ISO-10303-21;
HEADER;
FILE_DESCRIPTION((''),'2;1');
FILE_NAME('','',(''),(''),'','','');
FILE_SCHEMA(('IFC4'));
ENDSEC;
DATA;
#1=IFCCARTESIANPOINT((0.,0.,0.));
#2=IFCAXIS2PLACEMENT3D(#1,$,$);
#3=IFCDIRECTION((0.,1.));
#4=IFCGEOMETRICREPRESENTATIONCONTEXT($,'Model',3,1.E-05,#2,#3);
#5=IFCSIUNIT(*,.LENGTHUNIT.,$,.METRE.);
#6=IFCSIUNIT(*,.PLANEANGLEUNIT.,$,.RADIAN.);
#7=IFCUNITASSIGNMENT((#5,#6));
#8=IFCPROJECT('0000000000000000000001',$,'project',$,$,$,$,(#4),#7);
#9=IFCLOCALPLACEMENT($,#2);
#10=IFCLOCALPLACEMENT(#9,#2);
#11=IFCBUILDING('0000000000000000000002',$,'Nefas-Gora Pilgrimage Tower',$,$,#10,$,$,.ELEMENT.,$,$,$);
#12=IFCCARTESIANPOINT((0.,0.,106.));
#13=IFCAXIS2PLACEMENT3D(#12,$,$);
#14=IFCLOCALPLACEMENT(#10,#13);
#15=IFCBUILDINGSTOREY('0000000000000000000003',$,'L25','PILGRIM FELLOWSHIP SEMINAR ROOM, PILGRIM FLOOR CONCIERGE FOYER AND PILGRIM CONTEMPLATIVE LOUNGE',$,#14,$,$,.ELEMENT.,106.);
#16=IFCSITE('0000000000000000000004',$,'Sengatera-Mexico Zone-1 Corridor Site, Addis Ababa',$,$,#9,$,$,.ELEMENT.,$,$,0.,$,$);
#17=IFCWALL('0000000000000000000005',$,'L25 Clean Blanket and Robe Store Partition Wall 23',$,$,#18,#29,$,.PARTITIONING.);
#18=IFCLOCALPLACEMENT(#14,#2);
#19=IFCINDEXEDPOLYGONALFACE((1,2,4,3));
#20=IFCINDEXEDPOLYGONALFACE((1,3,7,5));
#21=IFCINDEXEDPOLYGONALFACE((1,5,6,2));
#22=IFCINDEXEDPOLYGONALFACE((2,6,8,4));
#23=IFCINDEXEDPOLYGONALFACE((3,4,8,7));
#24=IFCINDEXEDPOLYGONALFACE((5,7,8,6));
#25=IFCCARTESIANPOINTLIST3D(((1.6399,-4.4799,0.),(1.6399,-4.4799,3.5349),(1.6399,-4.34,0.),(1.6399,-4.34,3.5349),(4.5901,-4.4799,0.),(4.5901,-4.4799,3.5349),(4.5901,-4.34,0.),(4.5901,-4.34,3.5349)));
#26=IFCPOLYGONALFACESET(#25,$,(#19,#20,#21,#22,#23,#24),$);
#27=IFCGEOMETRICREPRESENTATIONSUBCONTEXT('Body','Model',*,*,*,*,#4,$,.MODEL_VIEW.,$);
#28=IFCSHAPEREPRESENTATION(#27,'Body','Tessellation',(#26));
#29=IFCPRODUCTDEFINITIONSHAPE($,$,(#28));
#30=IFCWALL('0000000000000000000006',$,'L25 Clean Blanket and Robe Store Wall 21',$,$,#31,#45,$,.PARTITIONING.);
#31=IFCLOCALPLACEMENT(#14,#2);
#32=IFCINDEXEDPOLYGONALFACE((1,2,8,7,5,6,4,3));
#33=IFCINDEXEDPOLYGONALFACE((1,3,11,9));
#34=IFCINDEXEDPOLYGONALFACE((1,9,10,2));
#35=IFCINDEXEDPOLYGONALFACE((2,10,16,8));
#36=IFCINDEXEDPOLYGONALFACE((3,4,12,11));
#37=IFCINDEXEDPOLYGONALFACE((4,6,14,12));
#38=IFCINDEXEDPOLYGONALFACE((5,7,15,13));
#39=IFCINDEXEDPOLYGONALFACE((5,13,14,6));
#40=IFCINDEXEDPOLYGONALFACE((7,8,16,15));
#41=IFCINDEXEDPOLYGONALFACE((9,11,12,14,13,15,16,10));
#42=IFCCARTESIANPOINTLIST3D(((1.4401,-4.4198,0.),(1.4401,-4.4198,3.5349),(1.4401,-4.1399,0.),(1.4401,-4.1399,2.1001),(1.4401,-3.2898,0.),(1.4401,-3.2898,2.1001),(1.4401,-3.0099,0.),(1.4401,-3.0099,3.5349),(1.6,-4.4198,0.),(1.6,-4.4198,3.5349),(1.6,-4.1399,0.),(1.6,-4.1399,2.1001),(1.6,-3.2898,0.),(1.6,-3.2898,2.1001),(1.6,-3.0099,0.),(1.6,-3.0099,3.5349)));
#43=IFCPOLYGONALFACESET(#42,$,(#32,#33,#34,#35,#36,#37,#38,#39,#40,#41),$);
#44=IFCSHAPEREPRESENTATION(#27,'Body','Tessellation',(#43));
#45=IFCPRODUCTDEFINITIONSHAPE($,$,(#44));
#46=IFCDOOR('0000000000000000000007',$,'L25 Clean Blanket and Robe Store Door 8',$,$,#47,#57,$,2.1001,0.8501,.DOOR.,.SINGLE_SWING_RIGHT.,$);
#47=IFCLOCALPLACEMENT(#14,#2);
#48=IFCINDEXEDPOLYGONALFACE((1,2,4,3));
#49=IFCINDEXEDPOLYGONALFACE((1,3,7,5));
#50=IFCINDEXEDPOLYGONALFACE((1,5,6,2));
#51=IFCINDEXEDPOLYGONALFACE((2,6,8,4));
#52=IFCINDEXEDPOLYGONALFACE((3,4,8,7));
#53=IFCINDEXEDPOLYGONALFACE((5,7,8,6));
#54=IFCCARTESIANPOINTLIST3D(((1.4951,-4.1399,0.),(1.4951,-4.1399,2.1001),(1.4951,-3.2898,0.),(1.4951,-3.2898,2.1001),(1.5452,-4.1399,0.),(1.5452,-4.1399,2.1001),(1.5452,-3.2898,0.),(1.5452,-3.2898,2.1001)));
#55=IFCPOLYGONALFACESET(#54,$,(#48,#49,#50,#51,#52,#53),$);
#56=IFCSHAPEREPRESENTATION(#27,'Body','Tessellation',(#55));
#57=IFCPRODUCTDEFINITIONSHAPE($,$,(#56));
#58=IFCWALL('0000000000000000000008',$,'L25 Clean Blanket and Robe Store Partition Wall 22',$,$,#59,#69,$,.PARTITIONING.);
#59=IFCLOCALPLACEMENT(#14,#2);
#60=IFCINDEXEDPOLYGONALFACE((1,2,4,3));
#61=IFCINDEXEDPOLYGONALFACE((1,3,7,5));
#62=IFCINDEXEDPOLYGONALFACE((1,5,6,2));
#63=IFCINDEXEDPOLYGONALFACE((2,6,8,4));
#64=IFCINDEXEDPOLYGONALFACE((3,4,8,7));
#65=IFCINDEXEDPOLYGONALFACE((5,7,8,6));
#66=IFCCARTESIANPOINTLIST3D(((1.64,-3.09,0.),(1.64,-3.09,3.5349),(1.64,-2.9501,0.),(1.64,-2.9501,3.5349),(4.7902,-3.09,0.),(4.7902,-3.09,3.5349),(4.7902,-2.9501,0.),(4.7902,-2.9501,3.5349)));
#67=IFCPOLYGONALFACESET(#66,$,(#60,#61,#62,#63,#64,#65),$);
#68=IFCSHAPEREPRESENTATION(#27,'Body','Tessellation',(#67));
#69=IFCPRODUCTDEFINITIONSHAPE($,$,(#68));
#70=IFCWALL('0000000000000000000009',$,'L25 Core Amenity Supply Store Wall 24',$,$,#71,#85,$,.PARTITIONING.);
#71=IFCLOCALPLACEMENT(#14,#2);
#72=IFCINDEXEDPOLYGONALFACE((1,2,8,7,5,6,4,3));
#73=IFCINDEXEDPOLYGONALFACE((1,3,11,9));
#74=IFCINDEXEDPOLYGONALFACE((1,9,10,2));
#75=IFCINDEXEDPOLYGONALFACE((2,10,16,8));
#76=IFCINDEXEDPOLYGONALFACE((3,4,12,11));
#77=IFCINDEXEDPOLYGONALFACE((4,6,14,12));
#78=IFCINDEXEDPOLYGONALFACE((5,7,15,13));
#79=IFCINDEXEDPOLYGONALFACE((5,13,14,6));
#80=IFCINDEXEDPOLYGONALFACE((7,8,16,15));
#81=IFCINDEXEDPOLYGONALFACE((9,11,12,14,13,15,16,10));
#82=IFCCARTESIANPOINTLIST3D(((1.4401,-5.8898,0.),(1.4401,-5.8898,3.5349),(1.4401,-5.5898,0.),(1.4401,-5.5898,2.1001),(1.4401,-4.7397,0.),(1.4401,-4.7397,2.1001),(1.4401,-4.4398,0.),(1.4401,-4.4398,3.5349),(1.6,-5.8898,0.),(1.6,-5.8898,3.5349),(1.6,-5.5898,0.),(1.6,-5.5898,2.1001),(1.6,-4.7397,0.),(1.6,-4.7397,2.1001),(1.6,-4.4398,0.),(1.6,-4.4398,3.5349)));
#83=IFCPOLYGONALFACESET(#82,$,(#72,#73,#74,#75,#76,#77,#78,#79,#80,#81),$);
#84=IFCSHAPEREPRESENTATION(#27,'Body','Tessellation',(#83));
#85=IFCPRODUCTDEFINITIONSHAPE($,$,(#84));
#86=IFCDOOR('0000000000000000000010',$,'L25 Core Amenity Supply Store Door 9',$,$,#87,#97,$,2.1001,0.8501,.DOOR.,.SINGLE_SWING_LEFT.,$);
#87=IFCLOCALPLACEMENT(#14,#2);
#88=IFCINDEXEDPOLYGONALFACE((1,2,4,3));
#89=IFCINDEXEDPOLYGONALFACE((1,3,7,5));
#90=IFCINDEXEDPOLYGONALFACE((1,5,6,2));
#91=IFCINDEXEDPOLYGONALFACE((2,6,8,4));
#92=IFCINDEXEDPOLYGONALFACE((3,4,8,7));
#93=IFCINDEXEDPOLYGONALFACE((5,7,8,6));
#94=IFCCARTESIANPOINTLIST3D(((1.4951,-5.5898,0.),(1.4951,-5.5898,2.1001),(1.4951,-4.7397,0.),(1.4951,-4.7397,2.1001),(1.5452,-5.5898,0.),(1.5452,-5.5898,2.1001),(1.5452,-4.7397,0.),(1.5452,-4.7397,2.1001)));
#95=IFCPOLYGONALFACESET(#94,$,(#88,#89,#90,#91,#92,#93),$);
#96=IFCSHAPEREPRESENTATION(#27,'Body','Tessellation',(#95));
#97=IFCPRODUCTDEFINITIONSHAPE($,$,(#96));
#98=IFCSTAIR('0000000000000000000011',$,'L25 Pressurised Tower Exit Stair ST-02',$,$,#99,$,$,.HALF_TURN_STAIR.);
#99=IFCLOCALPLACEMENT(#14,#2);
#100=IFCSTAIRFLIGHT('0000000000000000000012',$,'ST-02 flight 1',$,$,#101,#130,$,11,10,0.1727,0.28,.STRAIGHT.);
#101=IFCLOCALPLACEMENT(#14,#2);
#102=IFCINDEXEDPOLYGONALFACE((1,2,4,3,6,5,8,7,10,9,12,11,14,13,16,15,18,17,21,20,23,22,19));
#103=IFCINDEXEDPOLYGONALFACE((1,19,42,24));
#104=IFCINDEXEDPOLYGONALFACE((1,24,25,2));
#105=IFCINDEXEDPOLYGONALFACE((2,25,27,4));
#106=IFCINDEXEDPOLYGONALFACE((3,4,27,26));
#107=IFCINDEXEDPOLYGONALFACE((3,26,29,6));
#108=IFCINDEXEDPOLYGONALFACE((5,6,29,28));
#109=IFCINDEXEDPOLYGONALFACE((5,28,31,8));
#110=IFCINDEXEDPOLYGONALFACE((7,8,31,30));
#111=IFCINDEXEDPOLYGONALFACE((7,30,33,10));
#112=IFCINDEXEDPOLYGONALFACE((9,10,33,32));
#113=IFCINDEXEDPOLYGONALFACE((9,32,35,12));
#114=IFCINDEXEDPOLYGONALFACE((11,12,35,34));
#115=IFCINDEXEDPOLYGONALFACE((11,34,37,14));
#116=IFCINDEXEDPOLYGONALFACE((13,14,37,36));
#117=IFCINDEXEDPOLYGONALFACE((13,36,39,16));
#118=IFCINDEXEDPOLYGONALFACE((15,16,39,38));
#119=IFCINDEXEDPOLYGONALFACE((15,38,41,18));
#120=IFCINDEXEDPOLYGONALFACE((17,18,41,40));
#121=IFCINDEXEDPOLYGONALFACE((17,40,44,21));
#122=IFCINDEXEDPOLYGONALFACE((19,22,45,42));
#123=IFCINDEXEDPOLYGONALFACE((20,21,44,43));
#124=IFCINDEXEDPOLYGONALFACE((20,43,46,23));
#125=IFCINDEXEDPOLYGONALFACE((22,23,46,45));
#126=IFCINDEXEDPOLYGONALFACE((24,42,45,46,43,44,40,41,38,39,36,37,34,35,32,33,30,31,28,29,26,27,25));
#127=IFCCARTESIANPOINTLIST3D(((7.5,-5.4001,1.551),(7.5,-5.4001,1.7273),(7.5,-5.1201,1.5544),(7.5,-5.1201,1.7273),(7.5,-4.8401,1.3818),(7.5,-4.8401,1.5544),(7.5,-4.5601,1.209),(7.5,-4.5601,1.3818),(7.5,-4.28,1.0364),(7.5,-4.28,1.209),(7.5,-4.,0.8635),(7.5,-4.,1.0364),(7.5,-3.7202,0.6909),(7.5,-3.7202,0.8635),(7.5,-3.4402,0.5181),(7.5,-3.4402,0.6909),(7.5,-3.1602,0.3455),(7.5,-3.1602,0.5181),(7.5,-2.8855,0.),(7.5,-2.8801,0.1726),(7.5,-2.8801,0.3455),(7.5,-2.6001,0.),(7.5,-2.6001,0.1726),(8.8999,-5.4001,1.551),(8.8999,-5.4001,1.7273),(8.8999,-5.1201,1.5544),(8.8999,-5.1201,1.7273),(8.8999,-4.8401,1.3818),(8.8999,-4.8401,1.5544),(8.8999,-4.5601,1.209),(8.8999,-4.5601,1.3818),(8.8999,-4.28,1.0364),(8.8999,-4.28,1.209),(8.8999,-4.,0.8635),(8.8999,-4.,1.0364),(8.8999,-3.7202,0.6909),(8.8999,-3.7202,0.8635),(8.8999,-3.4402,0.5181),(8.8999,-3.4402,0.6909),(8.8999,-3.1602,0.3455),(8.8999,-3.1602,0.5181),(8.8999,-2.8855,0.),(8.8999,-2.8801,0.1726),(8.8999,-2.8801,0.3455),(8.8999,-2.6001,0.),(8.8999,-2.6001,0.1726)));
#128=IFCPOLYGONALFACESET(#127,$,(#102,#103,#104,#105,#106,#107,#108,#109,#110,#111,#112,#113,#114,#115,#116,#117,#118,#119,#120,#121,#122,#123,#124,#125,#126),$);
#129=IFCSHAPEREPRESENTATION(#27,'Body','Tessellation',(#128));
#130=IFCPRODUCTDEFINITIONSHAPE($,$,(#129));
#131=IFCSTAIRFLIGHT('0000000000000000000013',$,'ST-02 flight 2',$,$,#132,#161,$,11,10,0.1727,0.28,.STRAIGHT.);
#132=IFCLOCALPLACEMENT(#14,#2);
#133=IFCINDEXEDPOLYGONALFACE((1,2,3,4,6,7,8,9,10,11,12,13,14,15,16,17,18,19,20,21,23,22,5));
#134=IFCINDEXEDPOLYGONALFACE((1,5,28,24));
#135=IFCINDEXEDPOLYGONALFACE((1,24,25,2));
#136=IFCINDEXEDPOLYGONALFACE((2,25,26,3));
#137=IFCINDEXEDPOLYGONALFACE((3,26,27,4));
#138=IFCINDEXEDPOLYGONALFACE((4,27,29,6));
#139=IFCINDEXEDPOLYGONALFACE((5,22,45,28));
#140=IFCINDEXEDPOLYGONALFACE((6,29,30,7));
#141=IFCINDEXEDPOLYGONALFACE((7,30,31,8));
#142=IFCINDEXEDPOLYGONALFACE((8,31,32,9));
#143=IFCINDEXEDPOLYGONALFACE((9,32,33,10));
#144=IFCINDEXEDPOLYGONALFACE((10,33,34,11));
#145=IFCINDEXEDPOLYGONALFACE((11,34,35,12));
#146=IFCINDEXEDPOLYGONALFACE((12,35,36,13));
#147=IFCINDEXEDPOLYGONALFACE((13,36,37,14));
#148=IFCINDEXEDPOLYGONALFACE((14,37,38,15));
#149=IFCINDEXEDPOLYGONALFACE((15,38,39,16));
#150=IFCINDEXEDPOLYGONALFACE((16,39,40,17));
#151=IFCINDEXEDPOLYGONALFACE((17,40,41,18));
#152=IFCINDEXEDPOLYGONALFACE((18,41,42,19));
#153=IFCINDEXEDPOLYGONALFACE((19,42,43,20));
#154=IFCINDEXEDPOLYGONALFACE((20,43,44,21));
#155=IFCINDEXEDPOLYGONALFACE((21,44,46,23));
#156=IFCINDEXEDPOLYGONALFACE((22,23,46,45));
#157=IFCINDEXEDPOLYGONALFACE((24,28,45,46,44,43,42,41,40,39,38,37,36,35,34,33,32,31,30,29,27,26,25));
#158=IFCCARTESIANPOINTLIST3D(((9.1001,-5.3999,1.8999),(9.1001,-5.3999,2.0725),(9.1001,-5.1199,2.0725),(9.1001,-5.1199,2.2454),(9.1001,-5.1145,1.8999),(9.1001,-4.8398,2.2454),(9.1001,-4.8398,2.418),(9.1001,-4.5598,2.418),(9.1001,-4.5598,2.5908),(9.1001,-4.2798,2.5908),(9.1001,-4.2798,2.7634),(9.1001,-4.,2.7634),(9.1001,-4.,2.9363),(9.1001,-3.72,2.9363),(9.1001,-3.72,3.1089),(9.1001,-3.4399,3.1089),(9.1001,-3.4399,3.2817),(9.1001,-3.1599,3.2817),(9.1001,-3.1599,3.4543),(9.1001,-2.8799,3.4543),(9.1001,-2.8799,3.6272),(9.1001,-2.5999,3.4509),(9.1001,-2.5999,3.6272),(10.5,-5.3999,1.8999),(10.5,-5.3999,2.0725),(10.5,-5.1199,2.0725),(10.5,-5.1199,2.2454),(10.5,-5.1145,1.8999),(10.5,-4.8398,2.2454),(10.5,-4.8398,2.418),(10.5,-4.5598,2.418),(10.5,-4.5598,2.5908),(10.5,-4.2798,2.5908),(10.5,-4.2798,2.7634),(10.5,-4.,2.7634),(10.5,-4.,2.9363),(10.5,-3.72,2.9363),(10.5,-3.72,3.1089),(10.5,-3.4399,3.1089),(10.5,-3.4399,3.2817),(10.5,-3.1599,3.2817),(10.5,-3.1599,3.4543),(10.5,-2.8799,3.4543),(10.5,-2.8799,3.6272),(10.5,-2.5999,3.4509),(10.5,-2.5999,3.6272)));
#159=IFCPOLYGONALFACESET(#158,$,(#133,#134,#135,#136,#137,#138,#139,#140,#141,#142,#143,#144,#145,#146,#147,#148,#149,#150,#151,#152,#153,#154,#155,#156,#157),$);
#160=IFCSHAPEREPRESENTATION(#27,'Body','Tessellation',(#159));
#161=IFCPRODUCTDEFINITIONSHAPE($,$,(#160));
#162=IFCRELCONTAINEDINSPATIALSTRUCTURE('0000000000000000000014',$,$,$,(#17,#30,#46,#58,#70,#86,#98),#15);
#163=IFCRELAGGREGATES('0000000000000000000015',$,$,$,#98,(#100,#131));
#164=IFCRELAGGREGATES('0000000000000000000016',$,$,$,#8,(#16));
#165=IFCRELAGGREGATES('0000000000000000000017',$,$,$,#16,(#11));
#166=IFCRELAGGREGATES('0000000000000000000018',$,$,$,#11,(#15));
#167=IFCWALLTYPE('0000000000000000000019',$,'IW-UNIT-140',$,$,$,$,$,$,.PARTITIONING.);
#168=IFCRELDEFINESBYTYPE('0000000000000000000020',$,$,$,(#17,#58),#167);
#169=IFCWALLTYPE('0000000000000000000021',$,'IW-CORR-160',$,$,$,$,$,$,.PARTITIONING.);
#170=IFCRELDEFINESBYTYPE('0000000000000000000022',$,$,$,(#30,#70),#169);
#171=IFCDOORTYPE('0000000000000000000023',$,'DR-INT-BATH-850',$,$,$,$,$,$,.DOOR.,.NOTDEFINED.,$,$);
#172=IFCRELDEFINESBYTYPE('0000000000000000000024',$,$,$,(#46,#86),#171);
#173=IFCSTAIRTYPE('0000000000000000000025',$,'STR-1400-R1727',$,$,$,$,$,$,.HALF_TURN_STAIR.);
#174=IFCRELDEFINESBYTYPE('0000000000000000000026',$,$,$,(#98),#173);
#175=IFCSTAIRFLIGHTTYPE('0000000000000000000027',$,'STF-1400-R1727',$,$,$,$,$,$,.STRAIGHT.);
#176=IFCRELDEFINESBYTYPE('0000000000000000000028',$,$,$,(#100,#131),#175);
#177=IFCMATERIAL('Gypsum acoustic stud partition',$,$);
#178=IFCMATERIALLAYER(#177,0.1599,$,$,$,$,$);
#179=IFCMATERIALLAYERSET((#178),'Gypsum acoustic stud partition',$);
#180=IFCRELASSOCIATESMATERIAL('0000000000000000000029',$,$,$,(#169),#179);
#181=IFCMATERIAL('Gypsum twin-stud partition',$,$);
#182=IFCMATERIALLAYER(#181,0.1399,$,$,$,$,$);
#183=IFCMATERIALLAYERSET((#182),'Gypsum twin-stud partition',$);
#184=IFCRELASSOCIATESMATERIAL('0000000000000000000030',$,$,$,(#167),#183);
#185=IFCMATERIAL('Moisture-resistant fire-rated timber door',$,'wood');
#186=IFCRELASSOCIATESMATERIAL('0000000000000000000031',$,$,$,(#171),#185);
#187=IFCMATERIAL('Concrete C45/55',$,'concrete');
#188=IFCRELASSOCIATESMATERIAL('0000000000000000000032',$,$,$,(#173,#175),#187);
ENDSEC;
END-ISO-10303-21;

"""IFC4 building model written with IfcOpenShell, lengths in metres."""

from ifc_helpers import new_model, si_unit, direction, frame, frame_2d, origin, place, context, subcontext, project, spatial, polyline, rectangle, outline, extrude, source, transform, mapped, material, layer, layer_set, type_object, element, fill, aggregate, save


model = new_model("IFC4")

# Units and contexts
model_context = context("Model", 3, precision=1e-05, world=origin(), true_north=direction((0.0, 1.0)))
body_context = subcontext(model_context, "Body", "Model", "MODEL_VIEW")
ifc_project = project(units=[si_unit("LENGTHUNIT", "METRE"), si_unit("PLANEANGLEUNIT", "RADIAN")], contexts=[model_context])

# Site, building, storey
site_placement = place(None, origin())
site = spatial("IfcSite", under=ifc_project, at=site_placement, Name="Sengatera-Mexico Zone-1 Corridor Site, Addis Ababa", CompositionType="ELEMENT", RefElevation=0.0)
building_placement = place(site_placement, origin())
building = spatial("IfcBuilding", under=site, at=building_placement, Name="Nefas-Gora Pilgrimage Tower", CompositionType="ELEMENT")
storey_placement = place(building_placement, frame((0.0, 0.0, 106.0)))
storey = spatial("IfcBuildingStorey", under=building, at=storey_placement, Name="L25", Description="PILGRIM FELLOWSHIP SEMINAR ROOM, PILGRIM FLOOR CONCIERGE FOYER AND PILGRIM CONTEMPLATIVE LOUNGE", CompositionType="ELEMENT", Elevation=106.0)

# Shared definitions
ifc_material_1 = material(Name="Concrete C45/55", Category="concrete")

# Shared definitions
ifc_material_2 = material(Name="Gypsum acoustic stud partition")
ifc_layer_1 = layer(ifc_material_2, 0.1599)
ifc_layer_set_1 = layer_set([ifc_layer_1], Name="Gypsum acoustic stud partition")
wall_type_1 = type_object("IfcWallType", Name="IW-CORR-160", PredefinedType="PARTITIONING", material=ifc_layer_set_1)
ifc_material_3 = material(Name="Gypsum twin-stud partition")
ifc_layer_2 = layer(ifc_material_3, 0.1399)
ifc_layer_set_2 = layer_set([ifc_layer_2], Name="Gypsum twin-stud partition")
wall_type_2 = type_object("IfcWallType", Name="IW-UNIT-140", PredefinedType="PARTITIONING", material=ifc_layer_set_2)

# Wall
shared_shape_1 = source(origin(), body_context, "Body", "SweptSolid", [
    extrude(rectangle(XDim=2.9502, YDim=0.1399, at=frame_2d((1.4751, 0.0))), origin(), (0.0, 0.0, 1.0), 3.5349),
])
wall_1_placement = place(storey_placement, frame((1.6399, -4.4099, 0.0), z_axis=(0.0, 0.0, 1.0), x_axis=(1.0, 0.0, 0.0)))
element("IfcWall", 1, at=wall_1_placement, inside=storey, type_object=wall_type_2, Name="L25 Clean Blanket and Robe Store Partition Wall 23", PredefinedType="PARTITIONING", context=body_context, shape_type="MappedRepresentation", body=[
    mapped(shared_shape_1, transform((0.0, 0.0, 0.0), x_axis=(1.0, 0.0, 0.0), y_axis=(0.0, 1.0, 0.0), z_axis=(0.0, 0.0, 1.0), scale=1.0)),
])

# Wall, opening, door
shared_shape_2 = source(origin(), body_context, "Body", "SweptSolid", [
    extrude(rectangle(XDim=1.4099, YDim=0.1599, at=frame_2d((0.7051, 0.0))), origin(), (0.0, 0.0, 1.0), 3.5349),
])
wall_2_placement = place(storey_placement, frame((1.52, -4.4199, 0.0), z_axis=(0.0, 0.0, 1.0), x_axis=(0.0, 1.0, 0.0)))
wall_2 = element("IfcWall", 2, at=wall_2_placement, inside=storey, type_object=wall_type_1, Name="L25 Clean Blanket and Robe Store Wall 21", PredefinedType="PARTITIONING", context=body_context, shape_type="MappedRepresentation", body=[
    mapped(shared_shape_2, transform((0.0, 0.0, 0.0), x_axis=(1.0, 0.0, 0.0), y_axis=(0.0, 1.0, 0.0), z_axis=(0.0, 0.0, 1.0), scale=1.0)),
])
opening_1_placement = place(wall_2_placement, frame((0.28, 0.0, 0.0)))
opening_1 = element("IfcOpeningElement", 3, at=opening_1_placement, cuts=wall_2, PredefinedType="OPENING", context=body_context, shape_type="SweptSolid", body=[
    extrude(rectangle(XDim=0.8501, YDim=2.1001, at=frame_2d((0.425, 1.05))), frame((0.0, 0.0898, 0.0), z_axis=(0.0, -1.0, 0.0), x_axis=(1.0, 0.0, 0.0)), (0.0, 0.0, 1.0), 0.1799),
])
ifc_material_4 = material(Name="Moisture-resistant fire-rated timber door", Category="wood")
door_type_1 = type_object("IfcDoorType", Name="DR-INT-BATH-850", OperationType="NOTDEFINED", PredefinedType="DOOR", material=ifc_material_4)
shared_shape_3 = source(origin(), body_context, "Body", "SweptSolid", [
    extrude(rectangle(XDim=0.8501, YDim=2.1001, at=frame_2d((0.425, 1.05))), frame((0.0, 0.0249, 0.0), z_axis=(0.0, -1.0, 0.0), x_axis=(1.0, 0.0, 0.0)), (0.0, 0.0, 1.0), 0.05),
])
door_1_placement = place(opening_1_placement, origin())
door_1 = element("IfcDoor", 4, at=door_1_placement, inside=storey, type_object=door_type_1, Name="L25 Clean Blanket and Robe Store Door 8", OperationType="SINGLE_SWING_RIGHT", OverallHeight=2.1001, OverallWidth=0.8501, PredefinedType="DOOR", context=body_context, shape_type="MappedRepresentation", body=[
    mapped(shared_shape_3, transform((0.0, 0.0, 0.0), x_axis=(1.0, 0.0, 0.0), y_axis=(0.0, 1.0, 0.0), z_axis=(0.0, 0.0, 1.0), scale=1.0)),
])
fill(opening_1, door_1)

# Wall
shared_shape_4 = source(origin(), body_context, "Body", "SweptSolid", [
    extrude(rectangle(XDim=3.1501, YDim=0.1399, at=frame_2d((1.5752, 0.0))), origin(), (0.0, 0.0, 1.0), 3.5349),
])
wall_3_placement = place(storey_placement, frame((1.6399, -3.02, 0.0), z_axis=(0.0, 0.0, 1.0), x_axis=(1.0, 0.0, 0.0)))
element("IfcWall", 5, at=wall_3_placement, inside=storey, type_object=wall_type_2, Name="L25 Clean Blanket and Robe Store Partition Wall 22", PredefinedType="PARTITIONING", context=body_context, shape_type="MappedRepresentation", body=[
    mapped(shared_shape_4, transform((0.0, 0.0, 0.0), x_axis=(1.0, 0.0, 0.0), y_axis=(0.0, 1.0, 0.0), z_axis=(0.0, 0.0, 1.0), scale=1.0)),
])

# Wall, opening, door
shared_shape_5 = source(origin(), body_context, "Body", "SweptSolid", [
    extrude(rectangle(XDim=1.45, YDim=0.1599, at=frame_2d((0.7251, 0.0))), origin(), (0.0, 0.0, 1.0), 3.5349),
])
wall_4_placement = place(storey_placement, frame((1.52, -5.8899, 0.0), z_axis=(0.0, 0.0, 1.0), x_axis=(0.0, 1.0, 0.0)))
wall_4 = element("IfcWall", 6, at=wall_4_placement, inside=storey, type_object=wall_type_1, Name="L25 Core Amenity Supply Store Wall 24", PredefinedType="PARTITIONING", context=body_context, shape_type="MappedRepresentation", body=[
    mapped(shared_shape_5, transform((0.0, 0.0, 0.0), x_axis=(1.0, 0.0, 0.0), y_axis=(0.0, 1.0, 0.0), z_axis=(0.0, 0.0, 1.0), scale=1.0)),
])
opening_2_placement = place(wall_4_placement, frame((0.3, 0.0, 0.0)))
opening_2 = element("IfcOpeningElement", 7, at=opening_2_placement, cuts=wall_4, PredefinedType="OPENING", context=body_context, shape_type="SweptSolid", body=[
    extrude(rectangle(XDim=0.8501, YDim=2.1001, at=frame_2d((0.425, 1.05))), frame((0.0, 0.0898, 0.0), z_axis=(0.0, -1.0, 0.0), x_axis=(1.0, 0.0, 0.0)), (0.0, 0.0, 1.0), 0.1799),
])
door_2_placement = place(opening_2_placement, origin())
door_2 = element("IfcDoor", 8, at=door_2_placement, inside=storey, type_object=door_type_1, Name="L25 Core Amenity Supply Store Door 9", OperationType="SINGLE_SWING_LEFT", OverallHeight=2.1001, OverallWidth=0.8501, PredefinedType="DOOR", context=body_context, shape_type="MappedRepresentation", body=[
    mapped(shared_shape_3, transform((0.0, 0.0, 0.0), x_axis=(1.0, 0.0, 0.0), y_axis=(0.0, 1.0, 0.0), z_axis=(0.0, 0.0, 1.0), scale=1.0)),
])
fill(opening_2, door_2)

# Stair, stair flights
stair_type = type_object("IfcStairType", Name="STR-1400-R1727", PredefinedType="HALF_TURN_STAIR", material=ifc_material_1)
stair_placement = place(storey_placement, origin())
stair = element("IfcStair", 9, at=stair_placement, inside=storey, type_object=stair_type, Name="L25 Pressurised Tower Exit Stair ST-02", PredefinedType="HALF_TURN_STAIR")
stair_flight_type = type_object("IfcStairFlightType", Name="STF-1400-R1727", PredefinedType="STRAIGHT", material=ifc_material_1)
shared_shape_6 = source(origin(), body_context, "Body", "SweptSolid", [
    extrude(outline(polyline([(0.0, 0.0), (0.0, 0.1726), (0.28, 0.1726), (0.28, 0.3455), (0.5601, 0.3455), (0.5601, 0.5181), (0.8401, 0.5181), (0.8401, 0.6909), (1.1201, 0.6909), (1.1201, 0.8635), (1.3999, 0.8635), (1.3999, 1.0364), (1.6799, 1.0364), (1.6799, 1.209), (1.96, 1.209), (1.96, 1.3818), (2.24, 1.3818), (2.24, 1.5544), (2.52, 1.5544), (2.52, 1.7273), (2.8, 1.7273), (2.8, 1.8999), (2.8, 1.551), (0.2854, 0.0), (0.0, 0.0)])), frame((0.0, 0.7, 0.0), z_axis=(0.0, -1.0, 0.0), x_axis=(1.0, 0.0, 0.0)), (0.0, 0.0, 1.0), 1.3999),
])
stair_flight_1_placement = place(storey_placement, frame((8.2, -2.6001, 0.0), z_axis=(0.0, 0.0, 1.0), x_axis=(0.0, -1.0, 0.0)))
stair_flight_1 = element("IfcStairFlight", 10, at=stair_flight_1_placement, type_object=stair_flight_type, Name="ST-02 flight 1", NumberOfRisers=11, NumberOfTreads=10, PredefinedType="STRAIGHT", RiserHeight=0.1727, TreadLength=0.28, context=body_context, shape_type="MappedRepresentation", body=[
    mapped(shared_shape_6, transform((0.0, 0.0, 0.0), x_axis=(1.0, 0.0, 0.0), y_axis=(0.0, 1.0, 0.0), z_axis=(0.0, 0.0, 1.0), scale=1.0)),
])
stair_flight_2_placement = place(storey_placement, frame((9.8, -5.3999, 1.8999), z_axis=(0.0, 0.0, 1.0), x_axis=(0.0, 1.0, 0.0)))
stair_flight_2 = element("IfcStairFlight", 11, at=stair_flight_2_placement, type_object=stair_flight_type, Name="ST-02 flight 2", NumberOfRisers=11, NumberOfTreads=10, PredefinedType="STRAIGHT", RiserHeight=0.1727, TreadLength=0.28, context=body_context, shape_type="MappedRepresentation", body=[
    mapped(shared_shape_6, transform((0.0, 0.0, 0.0), x_axis=(1.0, 0.0, 0.0), y_axis=(0.0, 1.0, 0.0), z_axis=(0.0, 0.0, 1.0), scale=1.0)),
])
aggregate(stair, [stair_flight_1, stair_flight_2])

save(model, "model.ifc")
